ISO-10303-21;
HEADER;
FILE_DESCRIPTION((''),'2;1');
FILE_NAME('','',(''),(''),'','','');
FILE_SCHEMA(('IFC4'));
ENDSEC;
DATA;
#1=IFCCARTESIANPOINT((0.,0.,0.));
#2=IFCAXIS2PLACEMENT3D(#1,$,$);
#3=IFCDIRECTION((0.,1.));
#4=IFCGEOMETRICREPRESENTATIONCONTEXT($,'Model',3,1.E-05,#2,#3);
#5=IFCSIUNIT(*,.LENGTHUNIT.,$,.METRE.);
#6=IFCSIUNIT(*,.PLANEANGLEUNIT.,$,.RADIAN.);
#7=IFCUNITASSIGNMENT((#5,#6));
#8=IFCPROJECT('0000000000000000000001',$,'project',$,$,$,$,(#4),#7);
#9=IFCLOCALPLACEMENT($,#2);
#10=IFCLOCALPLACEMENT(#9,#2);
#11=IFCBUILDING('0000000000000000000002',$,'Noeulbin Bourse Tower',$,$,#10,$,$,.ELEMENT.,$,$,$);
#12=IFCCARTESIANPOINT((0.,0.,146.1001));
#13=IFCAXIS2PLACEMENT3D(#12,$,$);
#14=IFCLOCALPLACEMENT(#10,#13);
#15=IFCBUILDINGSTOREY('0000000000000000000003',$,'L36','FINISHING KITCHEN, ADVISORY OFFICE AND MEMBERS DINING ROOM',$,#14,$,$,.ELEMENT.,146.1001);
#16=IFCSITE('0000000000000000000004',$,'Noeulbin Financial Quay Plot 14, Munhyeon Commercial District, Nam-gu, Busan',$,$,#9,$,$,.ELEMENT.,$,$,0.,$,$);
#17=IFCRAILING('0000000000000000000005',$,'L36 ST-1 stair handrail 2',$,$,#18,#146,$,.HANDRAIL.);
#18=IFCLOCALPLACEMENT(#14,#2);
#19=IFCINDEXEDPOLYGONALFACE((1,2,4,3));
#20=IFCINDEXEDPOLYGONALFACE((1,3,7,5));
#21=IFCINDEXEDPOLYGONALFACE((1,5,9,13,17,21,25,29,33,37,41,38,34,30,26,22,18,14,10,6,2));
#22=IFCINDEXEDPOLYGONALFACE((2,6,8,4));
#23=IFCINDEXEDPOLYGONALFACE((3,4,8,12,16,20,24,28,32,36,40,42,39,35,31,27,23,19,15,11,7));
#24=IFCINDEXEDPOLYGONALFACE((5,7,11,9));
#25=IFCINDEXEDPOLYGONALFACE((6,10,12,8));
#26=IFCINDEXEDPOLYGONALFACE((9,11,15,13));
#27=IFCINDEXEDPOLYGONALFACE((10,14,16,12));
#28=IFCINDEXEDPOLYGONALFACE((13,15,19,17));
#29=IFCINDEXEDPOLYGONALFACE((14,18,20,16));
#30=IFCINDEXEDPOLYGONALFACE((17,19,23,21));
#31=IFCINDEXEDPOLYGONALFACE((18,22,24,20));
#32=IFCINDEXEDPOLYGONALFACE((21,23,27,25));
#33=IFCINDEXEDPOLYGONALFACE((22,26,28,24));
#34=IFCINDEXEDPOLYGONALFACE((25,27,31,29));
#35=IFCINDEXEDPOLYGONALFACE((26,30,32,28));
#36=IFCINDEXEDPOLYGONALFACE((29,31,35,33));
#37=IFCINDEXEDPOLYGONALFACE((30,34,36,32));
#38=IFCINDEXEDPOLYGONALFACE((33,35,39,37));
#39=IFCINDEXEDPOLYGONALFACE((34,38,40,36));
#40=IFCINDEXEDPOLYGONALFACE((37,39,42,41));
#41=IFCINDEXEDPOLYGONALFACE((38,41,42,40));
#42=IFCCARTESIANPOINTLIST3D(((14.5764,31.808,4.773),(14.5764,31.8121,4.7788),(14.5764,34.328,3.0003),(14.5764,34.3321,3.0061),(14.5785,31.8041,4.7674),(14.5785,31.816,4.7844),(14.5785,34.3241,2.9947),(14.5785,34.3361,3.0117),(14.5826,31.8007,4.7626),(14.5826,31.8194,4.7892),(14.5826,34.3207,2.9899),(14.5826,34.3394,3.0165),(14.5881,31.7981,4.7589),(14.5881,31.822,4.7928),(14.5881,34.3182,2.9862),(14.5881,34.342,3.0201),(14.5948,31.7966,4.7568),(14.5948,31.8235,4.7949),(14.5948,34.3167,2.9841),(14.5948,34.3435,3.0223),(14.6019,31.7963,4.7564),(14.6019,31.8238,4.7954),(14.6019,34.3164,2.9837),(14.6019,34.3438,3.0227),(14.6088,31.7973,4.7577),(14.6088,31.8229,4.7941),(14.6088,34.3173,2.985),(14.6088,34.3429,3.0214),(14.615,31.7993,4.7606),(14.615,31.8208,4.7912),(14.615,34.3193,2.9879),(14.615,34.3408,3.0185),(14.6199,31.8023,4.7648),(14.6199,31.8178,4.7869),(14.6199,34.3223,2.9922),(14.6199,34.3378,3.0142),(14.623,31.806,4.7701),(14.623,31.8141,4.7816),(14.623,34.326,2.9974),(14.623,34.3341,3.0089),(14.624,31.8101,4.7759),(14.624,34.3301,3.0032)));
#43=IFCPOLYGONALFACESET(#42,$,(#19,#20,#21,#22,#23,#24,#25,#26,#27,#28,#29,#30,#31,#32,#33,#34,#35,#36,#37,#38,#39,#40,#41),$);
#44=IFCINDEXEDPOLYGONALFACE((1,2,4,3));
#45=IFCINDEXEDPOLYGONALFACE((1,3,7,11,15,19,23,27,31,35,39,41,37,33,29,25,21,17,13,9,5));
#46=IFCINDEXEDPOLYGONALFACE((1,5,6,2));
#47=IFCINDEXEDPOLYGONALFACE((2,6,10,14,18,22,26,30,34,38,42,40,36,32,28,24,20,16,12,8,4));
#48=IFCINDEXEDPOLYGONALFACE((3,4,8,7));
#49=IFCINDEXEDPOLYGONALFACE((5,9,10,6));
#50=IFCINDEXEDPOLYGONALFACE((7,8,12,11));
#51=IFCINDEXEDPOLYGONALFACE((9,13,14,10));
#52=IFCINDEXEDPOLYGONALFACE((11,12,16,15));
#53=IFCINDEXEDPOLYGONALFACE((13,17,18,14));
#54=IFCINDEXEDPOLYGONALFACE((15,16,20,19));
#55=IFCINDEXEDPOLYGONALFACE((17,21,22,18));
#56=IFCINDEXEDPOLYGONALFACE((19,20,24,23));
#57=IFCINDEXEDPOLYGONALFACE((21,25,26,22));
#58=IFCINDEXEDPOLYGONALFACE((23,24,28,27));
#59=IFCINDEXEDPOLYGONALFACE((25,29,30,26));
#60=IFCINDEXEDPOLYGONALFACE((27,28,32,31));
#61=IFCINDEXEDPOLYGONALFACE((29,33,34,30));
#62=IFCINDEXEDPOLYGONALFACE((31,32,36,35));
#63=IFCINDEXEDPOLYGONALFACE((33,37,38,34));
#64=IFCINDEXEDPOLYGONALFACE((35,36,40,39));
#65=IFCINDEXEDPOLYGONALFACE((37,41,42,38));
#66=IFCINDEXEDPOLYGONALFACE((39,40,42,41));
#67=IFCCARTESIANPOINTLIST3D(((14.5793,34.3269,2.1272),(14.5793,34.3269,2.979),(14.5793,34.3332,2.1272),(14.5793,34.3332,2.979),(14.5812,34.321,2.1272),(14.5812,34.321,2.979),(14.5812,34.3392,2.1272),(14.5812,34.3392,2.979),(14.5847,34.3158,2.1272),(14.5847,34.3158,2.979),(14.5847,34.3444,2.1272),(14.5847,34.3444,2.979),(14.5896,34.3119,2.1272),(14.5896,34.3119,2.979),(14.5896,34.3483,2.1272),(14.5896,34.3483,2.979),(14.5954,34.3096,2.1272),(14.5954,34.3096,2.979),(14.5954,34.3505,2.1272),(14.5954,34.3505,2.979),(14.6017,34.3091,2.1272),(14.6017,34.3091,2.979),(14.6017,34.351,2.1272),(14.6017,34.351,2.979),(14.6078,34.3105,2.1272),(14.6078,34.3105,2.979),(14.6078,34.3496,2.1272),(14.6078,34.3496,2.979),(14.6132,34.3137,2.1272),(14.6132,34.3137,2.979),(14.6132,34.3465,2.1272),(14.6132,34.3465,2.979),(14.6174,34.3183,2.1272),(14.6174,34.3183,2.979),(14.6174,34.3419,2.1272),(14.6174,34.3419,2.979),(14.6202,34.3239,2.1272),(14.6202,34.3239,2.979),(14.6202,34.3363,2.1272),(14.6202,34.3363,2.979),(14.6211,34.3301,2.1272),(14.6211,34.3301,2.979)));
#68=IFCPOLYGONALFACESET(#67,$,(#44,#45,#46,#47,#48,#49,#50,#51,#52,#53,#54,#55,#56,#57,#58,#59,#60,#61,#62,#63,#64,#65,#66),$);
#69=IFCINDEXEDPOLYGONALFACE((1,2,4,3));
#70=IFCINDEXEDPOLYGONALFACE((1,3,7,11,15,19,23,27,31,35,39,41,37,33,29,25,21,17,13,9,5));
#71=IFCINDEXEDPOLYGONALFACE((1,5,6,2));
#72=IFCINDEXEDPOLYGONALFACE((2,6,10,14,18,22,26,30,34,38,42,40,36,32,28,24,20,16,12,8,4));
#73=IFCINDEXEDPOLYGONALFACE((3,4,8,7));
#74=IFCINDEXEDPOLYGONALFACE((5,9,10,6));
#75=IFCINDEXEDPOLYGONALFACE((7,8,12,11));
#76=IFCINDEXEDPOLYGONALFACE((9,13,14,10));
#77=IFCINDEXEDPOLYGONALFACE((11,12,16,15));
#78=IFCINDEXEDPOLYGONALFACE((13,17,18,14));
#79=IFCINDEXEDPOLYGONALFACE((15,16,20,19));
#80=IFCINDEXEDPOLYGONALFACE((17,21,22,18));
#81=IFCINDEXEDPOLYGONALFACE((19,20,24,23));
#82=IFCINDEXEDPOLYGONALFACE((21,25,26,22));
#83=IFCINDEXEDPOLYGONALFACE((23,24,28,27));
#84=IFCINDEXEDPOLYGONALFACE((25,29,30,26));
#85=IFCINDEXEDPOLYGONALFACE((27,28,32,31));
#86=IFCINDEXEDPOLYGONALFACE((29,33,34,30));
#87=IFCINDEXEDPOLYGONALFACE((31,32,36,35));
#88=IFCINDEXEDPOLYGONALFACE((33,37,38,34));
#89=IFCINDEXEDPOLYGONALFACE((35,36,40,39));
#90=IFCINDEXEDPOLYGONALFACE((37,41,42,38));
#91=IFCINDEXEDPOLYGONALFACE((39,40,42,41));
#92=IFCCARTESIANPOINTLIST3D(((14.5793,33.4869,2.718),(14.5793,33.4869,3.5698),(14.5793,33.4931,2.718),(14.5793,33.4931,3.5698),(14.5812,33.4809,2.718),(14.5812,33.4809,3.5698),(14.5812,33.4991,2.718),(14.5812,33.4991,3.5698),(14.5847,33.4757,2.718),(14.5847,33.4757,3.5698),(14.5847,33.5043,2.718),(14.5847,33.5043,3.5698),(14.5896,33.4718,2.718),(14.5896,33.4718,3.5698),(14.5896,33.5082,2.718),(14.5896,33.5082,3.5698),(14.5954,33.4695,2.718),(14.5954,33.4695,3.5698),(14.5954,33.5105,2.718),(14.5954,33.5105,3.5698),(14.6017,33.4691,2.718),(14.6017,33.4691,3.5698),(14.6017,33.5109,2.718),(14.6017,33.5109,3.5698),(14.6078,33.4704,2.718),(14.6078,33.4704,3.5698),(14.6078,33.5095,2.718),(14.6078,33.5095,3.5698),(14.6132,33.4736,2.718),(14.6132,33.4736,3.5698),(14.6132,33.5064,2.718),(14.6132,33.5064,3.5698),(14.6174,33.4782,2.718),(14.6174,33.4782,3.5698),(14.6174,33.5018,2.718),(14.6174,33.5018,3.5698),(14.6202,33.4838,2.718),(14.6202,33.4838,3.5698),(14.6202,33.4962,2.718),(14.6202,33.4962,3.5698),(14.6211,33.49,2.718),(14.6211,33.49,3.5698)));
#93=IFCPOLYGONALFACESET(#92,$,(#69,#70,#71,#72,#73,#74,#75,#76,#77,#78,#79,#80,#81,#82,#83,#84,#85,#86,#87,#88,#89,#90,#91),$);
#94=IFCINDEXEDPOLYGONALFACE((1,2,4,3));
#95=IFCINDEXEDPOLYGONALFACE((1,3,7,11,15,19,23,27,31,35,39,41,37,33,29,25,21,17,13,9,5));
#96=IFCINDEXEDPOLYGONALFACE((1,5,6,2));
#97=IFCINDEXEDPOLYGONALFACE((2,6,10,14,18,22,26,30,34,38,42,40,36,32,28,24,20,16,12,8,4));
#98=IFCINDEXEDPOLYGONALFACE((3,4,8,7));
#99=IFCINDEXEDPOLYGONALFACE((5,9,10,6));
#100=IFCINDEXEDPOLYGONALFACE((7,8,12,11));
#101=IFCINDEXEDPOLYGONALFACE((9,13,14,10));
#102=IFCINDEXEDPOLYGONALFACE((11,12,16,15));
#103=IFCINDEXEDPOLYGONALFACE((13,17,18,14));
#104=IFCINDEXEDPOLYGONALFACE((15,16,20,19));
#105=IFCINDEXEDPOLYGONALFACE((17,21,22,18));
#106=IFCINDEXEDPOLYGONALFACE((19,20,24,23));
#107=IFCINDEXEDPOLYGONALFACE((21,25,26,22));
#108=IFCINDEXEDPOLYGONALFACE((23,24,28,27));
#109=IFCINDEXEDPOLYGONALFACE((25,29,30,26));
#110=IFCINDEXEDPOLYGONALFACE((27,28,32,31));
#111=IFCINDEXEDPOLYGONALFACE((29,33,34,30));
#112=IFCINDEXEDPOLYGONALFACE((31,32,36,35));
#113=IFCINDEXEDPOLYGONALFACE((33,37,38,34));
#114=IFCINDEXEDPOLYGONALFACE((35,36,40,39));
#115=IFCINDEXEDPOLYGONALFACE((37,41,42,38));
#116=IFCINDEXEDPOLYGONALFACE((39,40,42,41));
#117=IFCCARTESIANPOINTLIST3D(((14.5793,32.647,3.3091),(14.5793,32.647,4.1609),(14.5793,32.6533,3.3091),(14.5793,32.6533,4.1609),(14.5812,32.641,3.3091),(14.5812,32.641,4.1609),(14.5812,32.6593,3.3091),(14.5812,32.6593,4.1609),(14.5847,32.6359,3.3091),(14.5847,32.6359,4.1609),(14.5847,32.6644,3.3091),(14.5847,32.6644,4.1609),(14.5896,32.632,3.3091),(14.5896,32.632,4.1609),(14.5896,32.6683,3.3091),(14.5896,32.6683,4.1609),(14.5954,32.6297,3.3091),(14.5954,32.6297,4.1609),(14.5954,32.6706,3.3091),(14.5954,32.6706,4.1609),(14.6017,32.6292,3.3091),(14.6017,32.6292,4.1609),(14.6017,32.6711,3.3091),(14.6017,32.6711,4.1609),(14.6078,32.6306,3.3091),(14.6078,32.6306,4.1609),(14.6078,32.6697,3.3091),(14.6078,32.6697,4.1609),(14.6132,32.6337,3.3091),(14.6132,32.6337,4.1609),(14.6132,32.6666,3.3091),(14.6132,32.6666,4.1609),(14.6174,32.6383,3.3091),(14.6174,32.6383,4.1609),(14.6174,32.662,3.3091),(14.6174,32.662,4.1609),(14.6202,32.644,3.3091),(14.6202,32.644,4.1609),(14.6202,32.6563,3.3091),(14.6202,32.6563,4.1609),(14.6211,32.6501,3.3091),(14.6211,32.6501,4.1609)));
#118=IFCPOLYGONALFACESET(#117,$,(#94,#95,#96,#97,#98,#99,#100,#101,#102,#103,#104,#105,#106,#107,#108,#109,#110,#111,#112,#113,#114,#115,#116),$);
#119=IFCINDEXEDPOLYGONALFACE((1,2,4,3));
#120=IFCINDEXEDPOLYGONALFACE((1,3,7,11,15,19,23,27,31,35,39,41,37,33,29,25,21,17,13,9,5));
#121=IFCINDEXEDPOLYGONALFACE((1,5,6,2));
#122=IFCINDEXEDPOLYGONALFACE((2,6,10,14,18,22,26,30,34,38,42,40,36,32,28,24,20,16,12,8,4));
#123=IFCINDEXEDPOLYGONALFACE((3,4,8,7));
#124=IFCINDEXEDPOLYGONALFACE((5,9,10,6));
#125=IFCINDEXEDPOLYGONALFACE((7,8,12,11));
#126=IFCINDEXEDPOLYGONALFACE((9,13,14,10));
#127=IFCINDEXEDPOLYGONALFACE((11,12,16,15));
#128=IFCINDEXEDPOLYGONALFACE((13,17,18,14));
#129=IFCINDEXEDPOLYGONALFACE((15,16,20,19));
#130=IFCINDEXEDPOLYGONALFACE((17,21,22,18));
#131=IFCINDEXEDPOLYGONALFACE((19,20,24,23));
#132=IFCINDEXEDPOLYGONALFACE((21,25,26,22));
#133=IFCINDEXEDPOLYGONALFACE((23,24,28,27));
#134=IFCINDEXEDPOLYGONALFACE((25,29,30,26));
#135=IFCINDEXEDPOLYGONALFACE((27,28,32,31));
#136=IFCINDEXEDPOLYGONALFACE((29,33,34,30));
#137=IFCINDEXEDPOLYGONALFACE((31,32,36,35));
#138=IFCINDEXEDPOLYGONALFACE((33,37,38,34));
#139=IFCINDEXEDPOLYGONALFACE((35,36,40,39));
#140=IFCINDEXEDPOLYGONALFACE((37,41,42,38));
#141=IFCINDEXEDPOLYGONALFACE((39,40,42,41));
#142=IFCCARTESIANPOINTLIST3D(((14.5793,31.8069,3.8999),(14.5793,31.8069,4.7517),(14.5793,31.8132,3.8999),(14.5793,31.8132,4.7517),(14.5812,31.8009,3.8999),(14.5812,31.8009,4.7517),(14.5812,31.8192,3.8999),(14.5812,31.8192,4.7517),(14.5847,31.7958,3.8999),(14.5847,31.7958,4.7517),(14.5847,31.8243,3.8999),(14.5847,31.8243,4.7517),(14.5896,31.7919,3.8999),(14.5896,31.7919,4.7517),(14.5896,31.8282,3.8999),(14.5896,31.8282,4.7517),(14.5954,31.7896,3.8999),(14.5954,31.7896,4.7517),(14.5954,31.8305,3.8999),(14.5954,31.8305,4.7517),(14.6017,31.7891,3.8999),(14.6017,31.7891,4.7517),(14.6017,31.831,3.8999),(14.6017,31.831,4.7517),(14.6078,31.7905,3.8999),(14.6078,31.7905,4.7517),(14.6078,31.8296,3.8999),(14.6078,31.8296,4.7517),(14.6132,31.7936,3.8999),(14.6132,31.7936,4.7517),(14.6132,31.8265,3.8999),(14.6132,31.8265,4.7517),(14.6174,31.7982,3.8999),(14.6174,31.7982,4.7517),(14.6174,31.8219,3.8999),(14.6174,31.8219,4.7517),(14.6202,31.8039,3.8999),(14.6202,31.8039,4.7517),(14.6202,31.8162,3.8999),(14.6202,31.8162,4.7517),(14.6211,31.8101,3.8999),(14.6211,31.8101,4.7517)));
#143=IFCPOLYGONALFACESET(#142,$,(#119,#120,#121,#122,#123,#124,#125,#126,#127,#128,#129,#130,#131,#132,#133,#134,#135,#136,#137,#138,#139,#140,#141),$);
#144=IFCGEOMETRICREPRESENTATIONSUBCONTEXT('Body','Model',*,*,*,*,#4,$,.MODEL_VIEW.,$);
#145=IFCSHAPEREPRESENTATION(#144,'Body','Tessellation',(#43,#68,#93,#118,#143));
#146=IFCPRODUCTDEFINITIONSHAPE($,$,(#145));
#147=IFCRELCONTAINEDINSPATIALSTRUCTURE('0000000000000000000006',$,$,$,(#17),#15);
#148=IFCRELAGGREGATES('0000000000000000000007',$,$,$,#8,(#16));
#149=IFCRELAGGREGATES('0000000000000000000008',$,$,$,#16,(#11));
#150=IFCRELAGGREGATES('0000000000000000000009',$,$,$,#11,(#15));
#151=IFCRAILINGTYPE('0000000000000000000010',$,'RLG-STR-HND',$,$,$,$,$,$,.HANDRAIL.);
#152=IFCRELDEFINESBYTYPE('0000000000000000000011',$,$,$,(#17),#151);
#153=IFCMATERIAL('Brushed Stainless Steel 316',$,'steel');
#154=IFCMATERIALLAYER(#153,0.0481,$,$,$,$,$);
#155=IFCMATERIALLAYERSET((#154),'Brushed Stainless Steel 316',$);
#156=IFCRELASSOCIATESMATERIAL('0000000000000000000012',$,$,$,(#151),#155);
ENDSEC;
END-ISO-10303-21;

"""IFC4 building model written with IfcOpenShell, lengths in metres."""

from ifc_helpers import new_model, si_unit, direction, frame, origin, origin_2d, place, context, subcontext, project, spatial, circle, extrude, material, layer, layer_set, type_object, element, save


model = new_model("IFC4")

# Units and contexts
model_context = context("Model", 3, precision=1e-05, world=origin(), true_north=direction((0.0, 1.0)))
body_context = subcontext(model_context, "Body", "Model", "MODEL_VIEW")
ifc_project = project(units=[si_unit("LENGTHUNIT", "METRE"), si_unit("PLANEANGLEUNIT", "RADIAN")], contexts=[model_context])

# Site, building, storey
site_placement = place(None, origin())
site = spatial("IfcSite", under=ifc_project, at=site_placement, Name="Noeulbin Financial Quay Plot 14, Munhyeon Commercial District, Nam-gu, Busan", CompositionType="ELEMENT", RefElevation=0.0)
building_placement = place(site_placement, origin())
building = spatial("IfcBuilding", under=site, at=building_placement, Name="Noeulbin Bourse Tower", CompositionType="ELEMENT")
storey_placement = place(building_placement, frame((0.0, 0.0, 146.1001)))
storey = spatial("IfcBuildingStorey", under=building, at=storey_placement, Name="L36", Description="FINISHING KITCHEN, ADVISORY OFFICE AND MEMBERS DINING ROOM", CompositionType="ELEMENT", Elevation=146.1001)

# Railing
ifc_material_1 = material(Name="Brushed Stainless Steel 316", Category="steel")
ifc_layer_1 = layer(ifc_material_1, 0.0481)
ifc_layer_set_1 = layer_set([ifc_layer_1], Name="Brushed Stainless Steel 316")
railing_type = type_object("IfcRailingType", Name="RLG-STR-HND", PredefinedType="HANDRAIL", material=ifc_layer_set_1)
railing_placement = place(storey_placement, frame((14.6001, 34.3301, 2.1272)))
element("IfcRailing", 1, at=railing_placement, inside=storey, type_object=railing_type, Name="L36 ST-1 stair handrail 2", PredefinedType="HANDRAIL", context=body_context, shape_type="SweptSolid", body=[
    extrude(circle(Radius=0.0239, at=origin_2d()), frame((0.0, 0.0, 0.876), z_axis=(0.0, -0.817904, 0.575354), x_axis=(1.0, 0.0, 0.0)), (0.0, 0.0, 1.0), 3.0811),
    extrude(circle(Radius=0.021, at=origin_2d()), origin(), (0.0, 0.0, 1.0), 0.8518),
    extrude(circle(Radius=0.021, at=origin_2d()), frame((0.0, -0.8401, 0.5908)), (0.0, 0.0, 1.0), 0.8518),
    extrude(circle(Radius=0.021, at=origin_2d()), frame((0.0, -1.6799, 1.1819)), (0.0, 0.0, 1.0), 0.8518),
    extrude(circle(Radius=0.021, at=origin_2d()), frame((0.0, -2.52, 1.7727)), (0.0, 0.0, 1.0), 0.8518),
])

save(model, "model.ifc")
